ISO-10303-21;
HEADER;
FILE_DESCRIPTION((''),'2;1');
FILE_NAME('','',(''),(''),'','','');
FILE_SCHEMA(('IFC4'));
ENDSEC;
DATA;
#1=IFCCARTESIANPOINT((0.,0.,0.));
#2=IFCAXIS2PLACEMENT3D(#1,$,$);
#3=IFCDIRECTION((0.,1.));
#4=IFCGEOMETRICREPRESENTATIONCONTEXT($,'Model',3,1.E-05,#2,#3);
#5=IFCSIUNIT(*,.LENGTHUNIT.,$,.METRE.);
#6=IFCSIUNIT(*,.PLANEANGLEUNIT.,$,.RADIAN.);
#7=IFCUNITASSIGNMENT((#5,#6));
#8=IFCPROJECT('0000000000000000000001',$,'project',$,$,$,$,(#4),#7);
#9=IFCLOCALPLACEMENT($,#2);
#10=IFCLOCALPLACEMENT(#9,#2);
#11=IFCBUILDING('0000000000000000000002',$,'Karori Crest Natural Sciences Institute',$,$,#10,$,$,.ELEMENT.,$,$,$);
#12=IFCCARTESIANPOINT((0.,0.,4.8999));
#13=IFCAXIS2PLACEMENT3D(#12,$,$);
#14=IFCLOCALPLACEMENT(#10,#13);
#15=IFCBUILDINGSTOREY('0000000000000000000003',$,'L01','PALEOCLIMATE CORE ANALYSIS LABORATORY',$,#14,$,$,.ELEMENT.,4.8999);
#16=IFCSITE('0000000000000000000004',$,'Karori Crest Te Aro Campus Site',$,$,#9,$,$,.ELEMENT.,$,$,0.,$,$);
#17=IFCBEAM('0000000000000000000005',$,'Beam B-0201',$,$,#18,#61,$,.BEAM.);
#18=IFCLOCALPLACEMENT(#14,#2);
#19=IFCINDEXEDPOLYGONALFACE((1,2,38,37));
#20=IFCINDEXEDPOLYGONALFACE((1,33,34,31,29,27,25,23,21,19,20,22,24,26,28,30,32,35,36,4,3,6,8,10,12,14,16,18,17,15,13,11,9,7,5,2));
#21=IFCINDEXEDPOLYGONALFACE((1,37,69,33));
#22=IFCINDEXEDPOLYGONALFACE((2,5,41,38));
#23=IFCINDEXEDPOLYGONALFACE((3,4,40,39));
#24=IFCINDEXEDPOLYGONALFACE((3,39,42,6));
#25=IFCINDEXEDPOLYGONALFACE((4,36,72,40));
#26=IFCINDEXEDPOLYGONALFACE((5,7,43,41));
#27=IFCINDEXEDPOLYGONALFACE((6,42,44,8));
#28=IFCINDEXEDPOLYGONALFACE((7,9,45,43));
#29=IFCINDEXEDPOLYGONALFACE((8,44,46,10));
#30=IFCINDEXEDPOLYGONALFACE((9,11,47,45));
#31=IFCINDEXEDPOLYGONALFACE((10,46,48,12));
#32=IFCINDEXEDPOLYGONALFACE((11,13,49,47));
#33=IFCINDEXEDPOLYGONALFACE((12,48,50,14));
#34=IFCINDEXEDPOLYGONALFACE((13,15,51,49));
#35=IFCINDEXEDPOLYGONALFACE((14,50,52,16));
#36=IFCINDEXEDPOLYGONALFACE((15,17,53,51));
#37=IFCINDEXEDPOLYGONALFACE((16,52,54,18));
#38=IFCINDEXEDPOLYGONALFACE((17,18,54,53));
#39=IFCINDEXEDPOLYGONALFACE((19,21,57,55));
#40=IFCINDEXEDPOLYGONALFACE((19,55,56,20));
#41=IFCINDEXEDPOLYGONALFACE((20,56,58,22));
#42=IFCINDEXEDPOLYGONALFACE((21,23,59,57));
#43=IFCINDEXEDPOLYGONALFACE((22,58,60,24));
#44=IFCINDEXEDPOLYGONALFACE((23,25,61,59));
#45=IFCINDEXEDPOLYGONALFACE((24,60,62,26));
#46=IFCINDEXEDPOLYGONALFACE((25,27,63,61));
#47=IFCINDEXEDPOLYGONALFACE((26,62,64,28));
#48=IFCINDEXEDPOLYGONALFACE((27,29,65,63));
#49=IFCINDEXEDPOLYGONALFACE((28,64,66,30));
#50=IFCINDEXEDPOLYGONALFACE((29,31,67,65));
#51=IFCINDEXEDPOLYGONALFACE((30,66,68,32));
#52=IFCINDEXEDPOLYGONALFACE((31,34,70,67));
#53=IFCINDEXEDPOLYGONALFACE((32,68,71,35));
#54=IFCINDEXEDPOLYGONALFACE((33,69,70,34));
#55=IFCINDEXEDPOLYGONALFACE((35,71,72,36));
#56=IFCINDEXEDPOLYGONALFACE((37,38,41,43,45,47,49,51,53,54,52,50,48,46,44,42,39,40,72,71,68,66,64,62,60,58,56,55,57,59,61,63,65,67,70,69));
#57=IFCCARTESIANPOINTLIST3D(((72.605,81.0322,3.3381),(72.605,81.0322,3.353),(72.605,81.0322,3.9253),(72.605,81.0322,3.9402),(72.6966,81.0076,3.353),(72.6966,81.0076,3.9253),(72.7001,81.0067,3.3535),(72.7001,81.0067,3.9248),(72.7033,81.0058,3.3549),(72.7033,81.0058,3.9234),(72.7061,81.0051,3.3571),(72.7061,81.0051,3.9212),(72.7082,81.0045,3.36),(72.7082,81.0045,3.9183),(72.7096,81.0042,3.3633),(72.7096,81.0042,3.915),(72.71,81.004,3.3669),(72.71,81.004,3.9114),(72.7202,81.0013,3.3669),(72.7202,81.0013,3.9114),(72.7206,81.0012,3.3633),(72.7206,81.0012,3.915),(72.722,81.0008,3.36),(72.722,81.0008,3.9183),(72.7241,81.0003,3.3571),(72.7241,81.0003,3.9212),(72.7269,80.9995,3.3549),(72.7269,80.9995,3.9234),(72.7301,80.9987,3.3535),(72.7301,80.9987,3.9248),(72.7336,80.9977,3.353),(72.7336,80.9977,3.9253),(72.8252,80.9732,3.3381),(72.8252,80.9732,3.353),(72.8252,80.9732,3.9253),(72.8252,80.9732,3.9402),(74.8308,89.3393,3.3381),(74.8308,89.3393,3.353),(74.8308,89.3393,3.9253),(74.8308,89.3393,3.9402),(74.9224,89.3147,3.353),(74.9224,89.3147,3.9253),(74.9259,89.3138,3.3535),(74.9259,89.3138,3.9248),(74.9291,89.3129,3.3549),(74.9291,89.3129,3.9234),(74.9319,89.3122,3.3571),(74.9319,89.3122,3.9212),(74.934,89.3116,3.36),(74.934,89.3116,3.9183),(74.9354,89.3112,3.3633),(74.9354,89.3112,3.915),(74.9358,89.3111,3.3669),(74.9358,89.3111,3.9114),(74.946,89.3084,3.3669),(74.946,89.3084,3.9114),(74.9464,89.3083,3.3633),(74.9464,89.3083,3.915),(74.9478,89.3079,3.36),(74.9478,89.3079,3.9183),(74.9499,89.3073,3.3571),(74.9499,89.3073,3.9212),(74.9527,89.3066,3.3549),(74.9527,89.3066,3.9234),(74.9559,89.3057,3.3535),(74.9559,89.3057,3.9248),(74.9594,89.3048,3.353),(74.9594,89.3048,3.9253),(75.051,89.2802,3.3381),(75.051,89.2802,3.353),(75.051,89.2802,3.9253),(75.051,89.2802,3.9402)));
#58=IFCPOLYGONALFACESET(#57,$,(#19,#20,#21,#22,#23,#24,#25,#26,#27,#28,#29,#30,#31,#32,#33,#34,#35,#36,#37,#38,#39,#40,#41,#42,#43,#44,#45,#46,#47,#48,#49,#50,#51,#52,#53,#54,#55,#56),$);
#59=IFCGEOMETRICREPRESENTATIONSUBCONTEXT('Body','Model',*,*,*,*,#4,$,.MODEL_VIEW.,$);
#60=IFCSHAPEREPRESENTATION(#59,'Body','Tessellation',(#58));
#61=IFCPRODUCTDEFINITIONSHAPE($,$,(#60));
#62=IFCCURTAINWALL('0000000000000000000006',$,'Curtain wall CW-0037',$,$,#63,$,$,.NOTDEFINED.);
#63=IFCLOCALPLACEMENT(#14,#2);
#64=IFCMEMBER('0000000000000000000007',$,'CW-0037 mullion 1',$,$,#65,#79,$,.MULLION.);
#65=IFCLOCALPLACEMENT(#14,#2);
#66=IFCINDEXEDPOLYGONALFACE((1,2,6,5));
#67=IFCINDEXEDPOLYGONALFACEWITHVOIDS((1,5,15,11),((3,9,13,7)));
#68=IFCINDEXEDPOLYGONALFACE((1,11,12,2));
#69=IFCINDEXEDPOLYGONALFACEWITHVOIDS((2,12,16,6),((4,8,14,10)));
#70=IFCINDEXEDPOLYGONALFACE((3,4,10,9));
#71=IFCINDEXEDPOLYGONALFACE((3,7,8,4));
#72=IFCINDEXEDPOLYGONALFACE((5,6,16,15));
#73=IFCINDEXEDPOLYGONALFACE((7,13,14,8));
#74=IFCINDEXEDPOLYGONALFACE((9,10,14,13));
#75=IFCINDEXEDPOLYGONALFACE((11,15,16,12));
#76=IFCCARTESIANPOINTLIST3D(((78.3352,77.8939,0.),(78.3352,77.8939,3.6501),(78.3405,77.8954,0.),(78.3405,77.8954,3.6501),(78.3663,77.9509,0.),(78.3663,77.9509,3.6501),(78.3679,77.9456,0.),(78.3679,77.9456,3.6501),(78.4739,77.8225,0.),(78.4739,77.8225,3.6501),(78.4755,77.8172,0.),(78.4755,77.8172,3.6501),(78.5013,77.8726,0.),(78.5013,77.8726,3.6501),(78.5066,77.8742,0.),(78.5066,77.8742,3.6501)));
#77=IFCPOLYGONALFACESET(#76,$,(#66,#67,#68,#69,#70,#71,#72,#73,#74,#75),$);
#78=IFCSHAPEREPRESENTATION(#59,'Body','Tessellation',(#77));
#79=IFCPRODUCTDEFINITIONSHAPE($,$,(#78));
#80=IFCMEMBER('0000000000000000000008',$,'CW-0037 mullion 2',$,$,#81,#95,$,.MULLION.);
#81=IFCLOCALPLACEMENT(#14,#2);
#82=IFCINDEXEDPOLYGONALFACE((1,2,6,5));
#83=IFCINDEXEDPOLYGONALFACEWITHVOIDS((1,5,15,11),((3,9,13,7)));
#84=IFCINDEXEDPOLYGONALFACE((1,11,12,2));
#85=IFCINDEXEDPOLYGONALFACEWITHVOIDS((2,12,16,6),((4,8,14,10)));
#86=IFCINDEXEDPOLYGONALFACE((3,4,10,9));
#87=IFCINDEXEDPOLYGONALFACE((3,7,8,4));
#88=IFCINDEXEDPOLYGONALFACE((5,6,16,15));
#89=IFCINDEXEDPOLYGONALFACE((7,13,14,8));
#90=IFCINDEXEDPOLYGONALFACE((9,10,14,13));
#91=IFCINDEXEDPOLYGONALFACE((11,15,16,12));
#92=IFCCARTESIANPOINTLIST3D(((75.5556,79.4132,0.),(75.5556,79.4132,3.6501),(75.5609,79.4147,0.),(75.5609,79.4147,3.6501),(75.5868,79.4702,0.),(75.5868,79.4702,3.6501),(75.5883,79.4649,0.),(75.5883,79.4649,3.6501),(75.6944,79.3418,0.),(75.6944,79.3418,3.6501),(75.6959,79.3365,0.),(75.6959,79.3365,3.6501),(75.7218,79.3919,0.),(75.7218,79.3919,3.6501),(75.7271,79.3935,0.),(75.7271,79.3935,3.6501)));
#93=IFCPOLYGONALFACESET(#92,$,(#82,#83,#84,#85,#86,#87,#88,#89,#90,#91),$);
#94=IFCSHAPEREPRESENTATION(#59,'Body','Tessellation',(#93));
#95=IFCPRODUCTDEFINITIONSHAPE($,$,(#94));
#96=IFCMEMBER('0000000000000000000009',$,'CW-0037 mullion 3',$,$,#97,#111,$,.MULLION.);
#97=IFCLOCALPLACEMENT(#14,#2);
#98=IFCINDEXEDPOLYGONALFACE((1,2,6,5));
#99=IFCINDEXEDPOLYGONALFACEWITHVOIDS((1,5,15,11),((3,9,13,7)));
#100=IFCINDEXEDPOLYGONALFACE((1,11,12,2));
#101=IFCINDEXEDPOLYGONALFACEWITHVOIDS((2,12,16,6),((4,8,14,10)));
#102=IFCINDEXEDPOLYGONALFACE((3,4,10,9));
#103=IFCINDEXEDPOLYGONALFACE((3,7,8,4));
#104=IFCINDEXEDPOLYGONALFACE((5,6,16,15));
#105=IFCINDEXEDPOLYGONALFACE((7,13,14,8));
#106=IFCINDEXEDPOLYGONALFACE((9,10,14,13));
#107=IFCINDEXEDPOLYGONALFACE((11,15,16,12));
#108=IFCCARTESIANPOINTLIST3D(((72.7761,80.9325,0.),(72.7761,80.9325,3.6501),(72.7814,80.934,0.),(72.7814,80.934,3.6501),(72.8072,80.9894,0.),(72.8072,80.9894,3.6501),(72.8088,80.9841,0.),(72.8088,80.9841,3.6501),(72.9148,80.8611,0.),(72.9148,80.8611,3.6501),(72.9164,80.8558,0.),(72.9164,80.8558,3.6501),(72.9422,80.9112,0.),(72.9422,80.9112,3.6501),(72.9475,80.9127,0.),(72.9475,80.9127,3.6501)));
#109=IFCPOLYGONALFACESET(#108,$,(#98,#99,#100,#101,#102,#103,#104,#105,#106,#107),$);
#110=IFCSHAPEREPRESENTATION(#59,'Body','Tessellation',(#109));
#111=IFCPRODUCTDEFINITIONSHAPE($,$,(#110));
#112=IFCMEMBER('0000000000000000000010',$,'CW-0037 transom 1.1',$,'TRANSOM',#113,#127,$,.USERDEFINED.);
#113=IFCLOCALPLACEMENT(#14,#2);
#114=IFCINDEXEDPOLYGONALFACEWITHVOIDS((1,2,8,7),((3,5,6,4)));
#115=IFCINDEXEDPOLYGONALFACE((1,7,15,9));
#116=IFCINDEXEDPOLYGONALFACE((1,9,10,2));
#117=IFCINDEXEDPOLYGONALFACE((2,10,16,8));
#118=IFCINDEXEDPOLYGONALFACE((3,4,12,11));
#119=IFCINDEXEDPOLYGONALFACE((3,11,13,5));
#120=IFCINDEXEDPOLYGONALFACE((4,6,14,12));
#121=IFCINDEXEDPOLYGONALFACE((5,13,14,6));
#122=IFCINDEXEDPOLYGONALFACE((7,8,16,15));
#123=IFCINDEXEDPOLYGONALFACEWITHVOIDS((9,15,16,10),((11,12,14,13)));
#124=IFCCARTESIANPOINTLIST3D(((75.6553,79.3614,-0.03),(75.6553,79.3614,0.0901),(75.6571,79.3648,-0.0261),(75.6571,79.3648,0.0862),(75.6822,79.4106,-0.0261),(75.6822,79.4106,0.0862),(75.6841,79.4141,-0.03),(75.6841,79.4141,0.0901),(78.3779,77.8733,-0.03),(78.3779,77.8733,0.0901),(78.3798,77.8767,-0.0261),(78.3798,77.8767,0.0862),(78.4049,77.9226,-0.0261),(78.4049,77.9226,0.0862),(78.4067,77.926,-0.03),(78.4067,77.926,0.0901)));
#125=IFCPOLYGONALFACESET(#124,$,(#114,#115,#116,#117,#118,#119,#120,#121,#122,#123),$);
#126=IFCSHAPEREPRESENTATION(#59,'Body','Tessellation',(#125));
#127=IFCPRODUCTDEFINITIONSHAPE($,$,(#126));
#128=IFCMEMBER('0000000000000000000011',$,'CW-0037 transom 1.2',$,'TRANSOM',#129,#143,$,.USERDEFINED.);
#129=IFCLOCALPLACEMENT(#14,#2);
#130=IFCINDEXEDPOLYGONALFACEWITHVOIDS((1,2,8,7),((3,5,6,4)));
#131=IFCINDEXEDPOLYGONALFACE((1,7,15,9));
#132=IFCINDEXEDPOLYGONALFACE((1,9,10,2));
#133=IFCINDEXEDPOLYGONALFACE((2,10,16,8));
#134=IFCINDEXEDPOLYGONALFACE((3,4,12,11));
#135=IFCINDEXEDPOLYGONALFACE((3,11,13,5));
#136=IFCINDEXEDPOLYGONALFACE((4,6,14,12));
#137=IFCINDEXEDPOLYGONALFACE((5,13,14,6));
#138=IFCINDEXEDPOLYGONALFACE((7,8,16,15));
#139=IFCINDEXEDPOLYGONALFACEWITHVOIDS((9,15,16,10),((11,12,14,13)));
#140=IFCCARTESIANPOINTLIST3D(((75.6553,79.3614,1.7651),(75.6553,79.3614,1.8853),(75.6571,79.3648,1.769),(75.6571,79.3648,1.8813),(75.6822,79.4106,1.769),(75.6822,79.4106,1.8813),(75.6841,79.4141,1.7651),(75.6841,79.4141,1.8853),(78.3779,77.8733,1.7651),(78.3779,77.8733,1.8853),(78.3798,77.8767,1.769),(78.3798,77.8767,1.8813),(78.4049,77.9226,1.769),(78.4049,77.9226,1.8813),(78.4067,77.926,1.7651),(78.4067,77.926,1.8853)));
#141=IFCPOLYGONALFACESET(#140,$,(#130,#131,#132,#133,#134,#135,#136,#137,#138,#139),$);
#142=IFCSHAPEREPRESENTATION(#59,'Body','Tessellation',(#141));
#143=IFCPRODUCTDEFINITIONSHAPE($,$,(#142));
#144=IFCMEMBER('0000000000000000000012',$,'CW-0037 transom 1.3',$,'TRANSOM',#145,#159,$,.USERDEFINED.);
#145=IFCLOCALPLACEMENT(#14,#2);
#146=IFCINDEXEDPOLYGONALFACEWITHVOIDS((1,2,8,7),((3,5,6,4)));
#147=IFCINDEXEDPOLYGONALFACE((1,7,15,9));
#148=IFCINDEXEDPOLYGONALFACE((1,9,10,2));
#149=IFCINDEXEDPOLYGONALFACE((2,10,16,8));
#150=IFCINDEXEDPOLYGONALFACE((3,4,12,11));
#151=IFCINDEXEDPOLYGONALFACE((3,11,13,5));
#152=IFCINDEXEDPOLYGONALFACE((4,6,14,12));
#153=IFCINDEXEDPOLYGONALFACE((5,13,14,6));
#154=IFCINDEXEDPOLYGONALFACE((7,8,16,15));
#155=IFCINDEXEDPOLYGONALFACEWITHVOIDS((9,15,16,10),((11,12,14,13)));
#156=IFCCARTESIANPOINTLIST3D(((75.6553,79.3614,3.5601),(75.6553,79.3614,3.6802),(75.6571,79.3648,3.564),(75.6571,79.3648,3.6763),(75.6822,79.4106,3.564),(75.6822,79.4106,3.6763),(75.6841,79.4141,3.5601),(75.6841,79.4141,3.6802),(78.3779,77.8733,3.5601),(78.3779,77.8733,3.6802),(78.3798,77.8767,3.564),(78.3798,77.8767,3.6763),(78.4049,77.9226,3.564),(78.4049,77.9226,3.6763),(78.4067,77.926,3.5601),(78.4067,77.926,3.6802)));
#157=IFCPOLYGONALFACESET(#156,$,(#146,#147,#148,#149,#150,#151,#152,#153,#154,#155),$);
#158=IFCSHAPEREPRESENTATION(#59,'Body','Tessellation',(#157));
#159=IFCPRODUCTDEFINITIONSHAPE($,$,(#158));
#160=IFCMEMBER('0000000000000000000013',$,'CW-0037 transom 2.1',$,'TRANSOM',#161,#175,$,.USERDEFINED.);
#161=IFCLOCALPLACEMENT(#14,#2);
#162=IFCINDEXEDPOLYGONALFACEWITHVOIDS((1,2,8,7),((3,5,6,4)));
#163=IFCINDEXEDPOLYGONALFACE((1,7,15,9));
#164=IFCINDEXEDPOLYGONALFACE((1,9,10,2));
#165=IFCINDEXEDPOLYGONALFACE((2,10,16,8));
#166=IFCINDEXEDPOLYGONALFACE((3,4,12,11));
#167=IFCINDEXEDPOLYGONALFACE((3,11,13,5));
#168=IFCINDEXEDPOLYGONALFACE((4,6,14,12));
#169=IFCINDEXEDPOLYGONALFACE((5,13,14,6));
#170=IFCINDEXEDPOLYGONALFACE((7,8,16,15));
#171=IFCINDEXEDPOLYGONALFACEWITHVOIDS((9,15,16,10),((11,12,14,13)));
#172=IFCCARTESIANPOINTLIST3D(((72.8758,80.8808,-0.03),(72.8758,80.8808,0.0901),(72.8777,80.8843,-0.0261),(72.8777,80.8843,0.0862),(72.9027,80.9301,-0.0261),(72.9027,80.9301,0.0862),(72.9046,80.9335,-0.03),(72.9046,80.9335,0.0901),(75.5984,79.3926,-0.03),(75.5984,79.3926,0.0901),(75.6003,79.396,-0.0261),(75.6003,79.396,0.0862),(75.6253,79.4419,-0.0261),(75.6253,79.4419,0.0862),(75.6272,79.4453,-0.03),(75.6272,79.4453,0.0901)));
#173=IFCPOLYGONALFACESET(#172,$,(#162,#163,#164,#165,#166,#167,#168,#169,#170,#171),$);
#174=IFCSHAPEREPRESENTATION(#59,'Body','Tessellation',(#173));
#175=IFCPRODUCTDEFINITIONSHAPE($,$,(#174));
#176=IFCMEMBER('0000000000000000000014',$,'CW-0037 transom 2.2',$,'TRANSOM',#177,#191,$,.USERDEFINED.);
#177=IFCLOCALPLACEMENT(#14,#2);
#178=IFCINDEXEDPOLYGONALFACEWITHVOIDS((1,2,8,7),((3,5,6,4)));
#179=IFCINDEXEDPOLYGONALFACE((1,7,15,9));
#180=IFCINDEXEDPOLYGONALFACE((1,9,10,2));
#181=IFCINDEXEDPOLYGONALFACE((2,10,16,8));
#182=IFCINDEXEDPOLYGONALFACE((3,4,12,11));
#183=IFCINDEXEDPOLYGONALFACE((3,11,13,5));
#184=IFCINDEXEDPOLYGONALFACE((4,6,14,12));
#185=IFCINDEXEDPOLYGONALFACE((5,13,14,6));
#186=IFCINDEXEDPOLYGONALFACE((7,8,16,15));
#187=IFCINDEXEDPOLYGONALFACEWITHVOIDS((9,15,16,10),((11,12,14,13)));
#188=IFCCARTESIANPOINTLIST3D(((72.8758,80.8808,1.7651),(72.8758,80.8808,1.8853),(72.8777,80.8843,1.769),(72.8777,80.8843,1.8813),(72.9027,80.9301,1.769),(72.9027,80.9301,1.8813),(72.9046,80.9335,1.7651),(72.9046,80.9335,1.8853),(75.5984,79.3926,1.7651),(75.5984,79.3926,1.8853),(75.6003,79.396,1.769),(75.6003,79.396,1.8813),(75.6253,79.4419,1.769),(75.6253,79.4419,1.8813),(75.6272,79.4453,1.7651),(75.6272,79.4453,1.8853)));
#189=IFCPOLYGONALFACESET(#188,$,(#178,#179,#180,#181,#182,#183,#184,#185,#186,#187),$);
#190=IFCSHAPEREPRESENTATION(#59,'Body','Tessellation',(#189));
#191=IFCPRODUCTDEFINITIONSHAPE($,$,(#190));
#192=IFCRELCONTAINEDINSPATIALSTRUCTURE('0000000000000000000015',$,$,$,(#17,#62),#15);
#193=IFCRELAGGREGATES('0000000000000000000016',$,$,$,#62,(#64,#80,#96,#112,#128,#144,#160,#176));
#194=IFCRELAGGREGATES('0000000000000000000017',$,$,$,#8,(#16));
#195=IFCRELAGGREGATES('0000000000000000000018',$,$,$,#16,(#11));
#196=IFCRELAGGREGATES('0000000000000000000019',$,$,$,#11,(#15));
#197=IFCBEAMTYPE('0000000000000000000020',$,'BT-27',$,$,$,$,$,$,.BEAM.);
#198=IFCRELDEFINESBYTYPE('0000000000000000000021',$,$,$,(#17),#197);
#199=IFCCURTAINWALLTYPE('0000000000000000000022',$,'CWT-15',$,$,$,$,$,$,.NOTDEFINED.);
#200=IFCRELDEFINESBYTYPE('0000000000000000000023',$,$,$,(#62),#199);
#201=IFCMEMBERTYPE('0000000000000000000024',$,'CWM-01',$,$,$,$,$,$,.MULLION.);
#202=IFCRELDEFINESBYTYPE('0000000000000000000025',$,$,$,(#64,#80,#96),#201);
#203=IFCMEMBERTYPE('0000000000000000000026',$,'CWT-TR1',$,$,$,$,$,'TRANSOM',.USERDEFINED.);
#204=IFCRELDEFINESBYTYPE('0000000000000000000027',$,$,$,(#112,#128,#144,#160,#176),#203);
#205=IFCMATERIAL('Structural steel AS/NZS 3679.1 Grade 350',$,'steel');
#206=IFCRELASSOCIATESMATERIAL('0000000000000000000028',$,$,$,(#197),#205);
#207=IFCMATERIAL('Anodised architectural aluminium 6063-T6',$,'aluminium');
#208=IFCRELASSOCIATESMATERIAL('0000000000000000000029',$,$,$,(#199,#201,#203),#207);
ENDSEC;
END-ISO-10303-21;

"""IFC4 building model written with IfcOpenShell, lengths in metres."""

from ifc_helpers import new_model, si_unit, direction, frame, origin, origin_2d, place, context, subcontext, project, spatial, hollow_rectangle, i_section, extrude, material, material_profile, profile_set, type_object, element, aggregate, save


model = new_model("IFC4")

# Units and contexts
model_context = context("Model", 3, precision=1e-05, world=origin(), true_north=direction((0.0, 1.0)))
body_context = subcontext(model_context, "Body", "Model", "MODEL_VIEW")
ifc_project = project(units=[si_unit("LENGTHUNIT", "METRE"), si_unit("PLANEANGLEUNIT", "RADIAN")], contexts=[model_context])

# Site, building, storey
site_placement = place(None, origin())
site = spatial("IfcSite", under=ifc_project, at=site_placement, Name="Karori Crest Te Aro Campus Site", CompositionType="ELEMENT", RefElevation=0.0)
building_placement = place(site_placement, origin())
building = spatial("IfcBuilding", under=site, at=building_placement, Name="Karori Crest Natural Sciences Institute", CompositionType="ELEMENT")
storey_placement = place(building_placement, frame((0.0, 0.0, 4.8999)))
storey = spatial("IfcBuildingStorey", under=building, at=storey_placement, Name="L01", Description="PALEOCLIMATE CORE ANALYSIS LABORATORY", CompositionType="ELEMENT", Elevation=4.8999)

# Shared definitions
ifc_material_1 = material(Name="Structural steel AS/NZS 3679.1 Grade 350", Category="steel")

# Beam
ifc_material_profile_1 = material_profile(ifc_material_1, i_section(OverallWidth=0.228, OverallDepth=0.6021, WebThickness=0.0105, FlangeThickness=0.0149, FilletRadius=0.0139, at=origin_2d()), Name="610UB101")
ifc_profile_set_1 = profile_set([ifc_material_profile_1], Name="Structural steel AS/NZS 3679.1 Grade 350")
beam_type_1 = type_object("IfcBeamType", Name="BT-27", PredefinedType="BEAM", material=ifc_profile_set_1)
beam_1_placement = place(storey_placement, frame((72.7151, 81.0027, 3.6392), z_axis=(0.258813, 0.965928, 0.0), x_axis=(-0.965928, 0.258813, 0.0)))
element("IfcBeam", 1, at=beam_1_placement, inside=storey, type_object=beam_type_1, Name="Beam B-0201", PredefinedType="BEAM", context=body_context, shape_type="SweptSolid", body=[
    extrude(i_section(OverallWidth=0.228, OverallDepth=0.6021, WebThickness=0.0105, FlangeThickness=0.0149, FilletRadius=0.0139, at=origin_2d()), origin(), (0.0, 0.0, 1.0), 8.6001),
])

# Curtain wall, members
ifc_material_2 = material(Name="Anodised architectural aluminium 6063-T6", Category="aluminium")
curtain_wall_type = type_object("IfcCurtainWallType", Name="CWT-15", PredefinedType="NOTDEFINED", material=ifc_material_2)
curtain_wall_placement = place(storey_placement, origin())
curtain_wall = element("IfcCurtainWall", 2, at=curtain_wall_placement, inside=storey, type_object=curtain_wall_type, Name="Curtain wall CW-0037", PredefinedType="NOTDEFINED")
ifc_material_profile_2 = material_profile(ifc_material_2, hollow_rectangle(XDim=0.0649, YDim=0.1599, WallThickness=0.0039, at=origin_2d()), Name="CWM160x65x4")
ifc_profile_set_2 = profile_set([ifc_material_profile_2], Name="Anodised architectural aluminium 6063-T6")
member_type_1 = type_object("IfcMemberType", Name="CWM-01", PredefinedType="MULLION", material=ifc_profile_set_2)
member_1_placement = place(storey_placement, frame((78.4209, 77.884, 0.0), z_axis=(0.0, 0.0, 1.0), x_axis=(-0.479643, -0.877464, 0.0)))
member_1 = element("IfcMember", 3, at=member_1_placement, type_object=member_type_1, Name="CW-0037 mullion 1", PredefinedType="MULLION", context=body_context, shape_type="SweptSolid", body=[
    extrude(hollow_rectangle(XDim=0.0649, YDim=0.1599, WallThickness=0.0039, at=origin_2d()), origin(), (0.0, 0.0, 1.0), 3.6501),
])
member_2_placement = place(storey_placement, frame((75.6414, 79.4033, 0.0), z_axis=(0.0, 0.0, 1.0), x_axis=(-0.479643, -0.877464, 0.0)))
member_2 = element("IfcMember", 4, at=member_2_placement, type_object=member_type_1, Name="CW-0037 mullion 2", PredefinedType="MULLION", context=body_context, shape_type="SweptSolid", body=[
    extrude(hollow_rectangle(XDim=0.0649, YDim=0.1599, WallThickness=0.0039, at=origin_2d()), origin(), (0.0, 0.0, 1.0), 3.6501),
])
member_3_placement = place(storey_placement, frame((72.8618, 80.9226, 0.0), z_axis=(0.0, 0.0, 1.0), x_axis=(-0.479643, -0.877464, 0.0)))
member_3 = element("IfcMember", 5, at=member_3_placement, type_object=member_type_1, Name="CW-0037 mullion 3", PredefinedType="MULLION", context=body_context, shape_type="SweptSolid", body=[
    extrude(hollow_rectangle(XDim=0.0649, YDim=0.1599, WallThickness=0.0039, at=origin_2d()), origin(), (0.0, 0.0, 1.0), 3.6501),
])
ifc_material_profile_3 = material_profile(ifc_material_2, hollow_rectangle(XDim=0.0601, YDim=0.1201, WallThickness=0.0039, at=origin_2d()), Name="CWT120x60x4")
ifc_profile_set_3 = profile_set([ifc_material_profile_3], Name="Anodised architectural aluminium 6063-T6")
member_type_2 = type_object("IfcMemberType", Name="CWT-TR1", ElementType="TRANSOM", PredefinedType="USERDEFINED", material=ifc_profile_set_3)
member_4_placement = place(storey_placement, frame((78.3923, 77.8997, 0.03), z_axis=(-0.877495, 0.479585, 0.0), x_axis=(-0.479585, -0.877495, 0.0)))
member_4 = element("IfcMember", 6, at=member_4_placement, type_object=member_type_2, Name="CW-0037 transom 1.1", ObjectType="TRANSOM", PredefinedType="USERDEFINED", context=body_context, shape_type="SweptSolid", body=[
    extrude(hollow_rectangle(XDim=0.0601, YDim=0.1201, WallThickness=0.0039, at=origin_2d()), origin(), (0.0, 0.0, 1.0), 3.1028),
])
member_5_placement = place(storey_placement, frame((78.3923, 77.8997, 1.8252), z_axis=(-0.877495, 0.479585, 0.0), x_axis=(-0.479585, -0.877495, 0.0)))
member_5 = element("IfcMember", 7, at=member_5_placement, type_object=member_type_2, Name="CW-0037 transom 1.2", ObjectType="TRANSOM", PredefinedType="USERDEFINED", context=body_context, shape_type="SweptSolid", body=[
    extrude(hollow_rectangle(XDim=0.0601, YDim=0.1201, WallThickness=0.0039, at=origin_2d()), origin(), (0.0, 0.0, 1.0), 3.1028),
])
member_6_placement = place(storey_placement, frame((78.3923, 77.8997, 3.6201), z_axis=(-0.877495, 0.479585, 0.0), x_axis=(-0.479585, -0.877495, 0.0)))
member_6 = element("IfcMember", 8, at=member_6_placement, type_object=member_type_2, Name="CW-0037 transom 1.3", ObjectType="TRANSOM", PredefinedType="USERDEFINED", context=body_context, shape_type="SweptSolid", body=[
    extrude(hollow_rectangle(XDim=0.0601, YDim=0.1201, WallThickness=0.0039, at=origin_2d()), origin(), (0.0, 0.0, 1.0), 3.1028),
])
member_7_placement = place(storey_placement, frame((75.6128, 79.4189, 0.03), z_axis=(-0.877462, 0.479646, 0.0), x_axis=(-0.479646, -0.877462, 0.0)))
member_7 = element("IfcMember", 9, at=member_7_placement, type_object=member_type_2, Name="CW-0037 transom 2.1", ObjectType="TRANSOM", PredefinedType="USERDEFINED", context=body_context, shape_type="SweptSolid", body=[
    extrude(hollow_rectangle(XDim=0.0601, YDim=0.1201, WallThickness=0.0039, at=origin_2d()), origin(), (0.0, 0.0, 1.0), 3.1028),
])
member_8_placement = place(storey_placement, frame((75.6128, 79.4189, 1.8252), z_axis=(-0.877462, 0.479646, 0.0), x_axis=(-0.479646, -0.877462, 0.0)))
member_8 = element("IfcMember", 10, at=member_8_placement, type_object=member_type_2, Name="CW-0037 transom 2.2", ObjectType="TRANSOM", PredefinedType="USERDEFINED", context=body_context, shape_type="SweptSolid", body=[
    extrude(hollow_rectangle(XDim=0.0601, YDim=0.1201, WallThickness=0.0039, at=origin_2d()), origin(), (0.0, 0.0, 1.0), 3.1028),
])
aggregate(curtain_wall, [member_1, member_2, member_3, member_4, member_5, member_6, member_7, member_8])

save(model, "model.ifc")
